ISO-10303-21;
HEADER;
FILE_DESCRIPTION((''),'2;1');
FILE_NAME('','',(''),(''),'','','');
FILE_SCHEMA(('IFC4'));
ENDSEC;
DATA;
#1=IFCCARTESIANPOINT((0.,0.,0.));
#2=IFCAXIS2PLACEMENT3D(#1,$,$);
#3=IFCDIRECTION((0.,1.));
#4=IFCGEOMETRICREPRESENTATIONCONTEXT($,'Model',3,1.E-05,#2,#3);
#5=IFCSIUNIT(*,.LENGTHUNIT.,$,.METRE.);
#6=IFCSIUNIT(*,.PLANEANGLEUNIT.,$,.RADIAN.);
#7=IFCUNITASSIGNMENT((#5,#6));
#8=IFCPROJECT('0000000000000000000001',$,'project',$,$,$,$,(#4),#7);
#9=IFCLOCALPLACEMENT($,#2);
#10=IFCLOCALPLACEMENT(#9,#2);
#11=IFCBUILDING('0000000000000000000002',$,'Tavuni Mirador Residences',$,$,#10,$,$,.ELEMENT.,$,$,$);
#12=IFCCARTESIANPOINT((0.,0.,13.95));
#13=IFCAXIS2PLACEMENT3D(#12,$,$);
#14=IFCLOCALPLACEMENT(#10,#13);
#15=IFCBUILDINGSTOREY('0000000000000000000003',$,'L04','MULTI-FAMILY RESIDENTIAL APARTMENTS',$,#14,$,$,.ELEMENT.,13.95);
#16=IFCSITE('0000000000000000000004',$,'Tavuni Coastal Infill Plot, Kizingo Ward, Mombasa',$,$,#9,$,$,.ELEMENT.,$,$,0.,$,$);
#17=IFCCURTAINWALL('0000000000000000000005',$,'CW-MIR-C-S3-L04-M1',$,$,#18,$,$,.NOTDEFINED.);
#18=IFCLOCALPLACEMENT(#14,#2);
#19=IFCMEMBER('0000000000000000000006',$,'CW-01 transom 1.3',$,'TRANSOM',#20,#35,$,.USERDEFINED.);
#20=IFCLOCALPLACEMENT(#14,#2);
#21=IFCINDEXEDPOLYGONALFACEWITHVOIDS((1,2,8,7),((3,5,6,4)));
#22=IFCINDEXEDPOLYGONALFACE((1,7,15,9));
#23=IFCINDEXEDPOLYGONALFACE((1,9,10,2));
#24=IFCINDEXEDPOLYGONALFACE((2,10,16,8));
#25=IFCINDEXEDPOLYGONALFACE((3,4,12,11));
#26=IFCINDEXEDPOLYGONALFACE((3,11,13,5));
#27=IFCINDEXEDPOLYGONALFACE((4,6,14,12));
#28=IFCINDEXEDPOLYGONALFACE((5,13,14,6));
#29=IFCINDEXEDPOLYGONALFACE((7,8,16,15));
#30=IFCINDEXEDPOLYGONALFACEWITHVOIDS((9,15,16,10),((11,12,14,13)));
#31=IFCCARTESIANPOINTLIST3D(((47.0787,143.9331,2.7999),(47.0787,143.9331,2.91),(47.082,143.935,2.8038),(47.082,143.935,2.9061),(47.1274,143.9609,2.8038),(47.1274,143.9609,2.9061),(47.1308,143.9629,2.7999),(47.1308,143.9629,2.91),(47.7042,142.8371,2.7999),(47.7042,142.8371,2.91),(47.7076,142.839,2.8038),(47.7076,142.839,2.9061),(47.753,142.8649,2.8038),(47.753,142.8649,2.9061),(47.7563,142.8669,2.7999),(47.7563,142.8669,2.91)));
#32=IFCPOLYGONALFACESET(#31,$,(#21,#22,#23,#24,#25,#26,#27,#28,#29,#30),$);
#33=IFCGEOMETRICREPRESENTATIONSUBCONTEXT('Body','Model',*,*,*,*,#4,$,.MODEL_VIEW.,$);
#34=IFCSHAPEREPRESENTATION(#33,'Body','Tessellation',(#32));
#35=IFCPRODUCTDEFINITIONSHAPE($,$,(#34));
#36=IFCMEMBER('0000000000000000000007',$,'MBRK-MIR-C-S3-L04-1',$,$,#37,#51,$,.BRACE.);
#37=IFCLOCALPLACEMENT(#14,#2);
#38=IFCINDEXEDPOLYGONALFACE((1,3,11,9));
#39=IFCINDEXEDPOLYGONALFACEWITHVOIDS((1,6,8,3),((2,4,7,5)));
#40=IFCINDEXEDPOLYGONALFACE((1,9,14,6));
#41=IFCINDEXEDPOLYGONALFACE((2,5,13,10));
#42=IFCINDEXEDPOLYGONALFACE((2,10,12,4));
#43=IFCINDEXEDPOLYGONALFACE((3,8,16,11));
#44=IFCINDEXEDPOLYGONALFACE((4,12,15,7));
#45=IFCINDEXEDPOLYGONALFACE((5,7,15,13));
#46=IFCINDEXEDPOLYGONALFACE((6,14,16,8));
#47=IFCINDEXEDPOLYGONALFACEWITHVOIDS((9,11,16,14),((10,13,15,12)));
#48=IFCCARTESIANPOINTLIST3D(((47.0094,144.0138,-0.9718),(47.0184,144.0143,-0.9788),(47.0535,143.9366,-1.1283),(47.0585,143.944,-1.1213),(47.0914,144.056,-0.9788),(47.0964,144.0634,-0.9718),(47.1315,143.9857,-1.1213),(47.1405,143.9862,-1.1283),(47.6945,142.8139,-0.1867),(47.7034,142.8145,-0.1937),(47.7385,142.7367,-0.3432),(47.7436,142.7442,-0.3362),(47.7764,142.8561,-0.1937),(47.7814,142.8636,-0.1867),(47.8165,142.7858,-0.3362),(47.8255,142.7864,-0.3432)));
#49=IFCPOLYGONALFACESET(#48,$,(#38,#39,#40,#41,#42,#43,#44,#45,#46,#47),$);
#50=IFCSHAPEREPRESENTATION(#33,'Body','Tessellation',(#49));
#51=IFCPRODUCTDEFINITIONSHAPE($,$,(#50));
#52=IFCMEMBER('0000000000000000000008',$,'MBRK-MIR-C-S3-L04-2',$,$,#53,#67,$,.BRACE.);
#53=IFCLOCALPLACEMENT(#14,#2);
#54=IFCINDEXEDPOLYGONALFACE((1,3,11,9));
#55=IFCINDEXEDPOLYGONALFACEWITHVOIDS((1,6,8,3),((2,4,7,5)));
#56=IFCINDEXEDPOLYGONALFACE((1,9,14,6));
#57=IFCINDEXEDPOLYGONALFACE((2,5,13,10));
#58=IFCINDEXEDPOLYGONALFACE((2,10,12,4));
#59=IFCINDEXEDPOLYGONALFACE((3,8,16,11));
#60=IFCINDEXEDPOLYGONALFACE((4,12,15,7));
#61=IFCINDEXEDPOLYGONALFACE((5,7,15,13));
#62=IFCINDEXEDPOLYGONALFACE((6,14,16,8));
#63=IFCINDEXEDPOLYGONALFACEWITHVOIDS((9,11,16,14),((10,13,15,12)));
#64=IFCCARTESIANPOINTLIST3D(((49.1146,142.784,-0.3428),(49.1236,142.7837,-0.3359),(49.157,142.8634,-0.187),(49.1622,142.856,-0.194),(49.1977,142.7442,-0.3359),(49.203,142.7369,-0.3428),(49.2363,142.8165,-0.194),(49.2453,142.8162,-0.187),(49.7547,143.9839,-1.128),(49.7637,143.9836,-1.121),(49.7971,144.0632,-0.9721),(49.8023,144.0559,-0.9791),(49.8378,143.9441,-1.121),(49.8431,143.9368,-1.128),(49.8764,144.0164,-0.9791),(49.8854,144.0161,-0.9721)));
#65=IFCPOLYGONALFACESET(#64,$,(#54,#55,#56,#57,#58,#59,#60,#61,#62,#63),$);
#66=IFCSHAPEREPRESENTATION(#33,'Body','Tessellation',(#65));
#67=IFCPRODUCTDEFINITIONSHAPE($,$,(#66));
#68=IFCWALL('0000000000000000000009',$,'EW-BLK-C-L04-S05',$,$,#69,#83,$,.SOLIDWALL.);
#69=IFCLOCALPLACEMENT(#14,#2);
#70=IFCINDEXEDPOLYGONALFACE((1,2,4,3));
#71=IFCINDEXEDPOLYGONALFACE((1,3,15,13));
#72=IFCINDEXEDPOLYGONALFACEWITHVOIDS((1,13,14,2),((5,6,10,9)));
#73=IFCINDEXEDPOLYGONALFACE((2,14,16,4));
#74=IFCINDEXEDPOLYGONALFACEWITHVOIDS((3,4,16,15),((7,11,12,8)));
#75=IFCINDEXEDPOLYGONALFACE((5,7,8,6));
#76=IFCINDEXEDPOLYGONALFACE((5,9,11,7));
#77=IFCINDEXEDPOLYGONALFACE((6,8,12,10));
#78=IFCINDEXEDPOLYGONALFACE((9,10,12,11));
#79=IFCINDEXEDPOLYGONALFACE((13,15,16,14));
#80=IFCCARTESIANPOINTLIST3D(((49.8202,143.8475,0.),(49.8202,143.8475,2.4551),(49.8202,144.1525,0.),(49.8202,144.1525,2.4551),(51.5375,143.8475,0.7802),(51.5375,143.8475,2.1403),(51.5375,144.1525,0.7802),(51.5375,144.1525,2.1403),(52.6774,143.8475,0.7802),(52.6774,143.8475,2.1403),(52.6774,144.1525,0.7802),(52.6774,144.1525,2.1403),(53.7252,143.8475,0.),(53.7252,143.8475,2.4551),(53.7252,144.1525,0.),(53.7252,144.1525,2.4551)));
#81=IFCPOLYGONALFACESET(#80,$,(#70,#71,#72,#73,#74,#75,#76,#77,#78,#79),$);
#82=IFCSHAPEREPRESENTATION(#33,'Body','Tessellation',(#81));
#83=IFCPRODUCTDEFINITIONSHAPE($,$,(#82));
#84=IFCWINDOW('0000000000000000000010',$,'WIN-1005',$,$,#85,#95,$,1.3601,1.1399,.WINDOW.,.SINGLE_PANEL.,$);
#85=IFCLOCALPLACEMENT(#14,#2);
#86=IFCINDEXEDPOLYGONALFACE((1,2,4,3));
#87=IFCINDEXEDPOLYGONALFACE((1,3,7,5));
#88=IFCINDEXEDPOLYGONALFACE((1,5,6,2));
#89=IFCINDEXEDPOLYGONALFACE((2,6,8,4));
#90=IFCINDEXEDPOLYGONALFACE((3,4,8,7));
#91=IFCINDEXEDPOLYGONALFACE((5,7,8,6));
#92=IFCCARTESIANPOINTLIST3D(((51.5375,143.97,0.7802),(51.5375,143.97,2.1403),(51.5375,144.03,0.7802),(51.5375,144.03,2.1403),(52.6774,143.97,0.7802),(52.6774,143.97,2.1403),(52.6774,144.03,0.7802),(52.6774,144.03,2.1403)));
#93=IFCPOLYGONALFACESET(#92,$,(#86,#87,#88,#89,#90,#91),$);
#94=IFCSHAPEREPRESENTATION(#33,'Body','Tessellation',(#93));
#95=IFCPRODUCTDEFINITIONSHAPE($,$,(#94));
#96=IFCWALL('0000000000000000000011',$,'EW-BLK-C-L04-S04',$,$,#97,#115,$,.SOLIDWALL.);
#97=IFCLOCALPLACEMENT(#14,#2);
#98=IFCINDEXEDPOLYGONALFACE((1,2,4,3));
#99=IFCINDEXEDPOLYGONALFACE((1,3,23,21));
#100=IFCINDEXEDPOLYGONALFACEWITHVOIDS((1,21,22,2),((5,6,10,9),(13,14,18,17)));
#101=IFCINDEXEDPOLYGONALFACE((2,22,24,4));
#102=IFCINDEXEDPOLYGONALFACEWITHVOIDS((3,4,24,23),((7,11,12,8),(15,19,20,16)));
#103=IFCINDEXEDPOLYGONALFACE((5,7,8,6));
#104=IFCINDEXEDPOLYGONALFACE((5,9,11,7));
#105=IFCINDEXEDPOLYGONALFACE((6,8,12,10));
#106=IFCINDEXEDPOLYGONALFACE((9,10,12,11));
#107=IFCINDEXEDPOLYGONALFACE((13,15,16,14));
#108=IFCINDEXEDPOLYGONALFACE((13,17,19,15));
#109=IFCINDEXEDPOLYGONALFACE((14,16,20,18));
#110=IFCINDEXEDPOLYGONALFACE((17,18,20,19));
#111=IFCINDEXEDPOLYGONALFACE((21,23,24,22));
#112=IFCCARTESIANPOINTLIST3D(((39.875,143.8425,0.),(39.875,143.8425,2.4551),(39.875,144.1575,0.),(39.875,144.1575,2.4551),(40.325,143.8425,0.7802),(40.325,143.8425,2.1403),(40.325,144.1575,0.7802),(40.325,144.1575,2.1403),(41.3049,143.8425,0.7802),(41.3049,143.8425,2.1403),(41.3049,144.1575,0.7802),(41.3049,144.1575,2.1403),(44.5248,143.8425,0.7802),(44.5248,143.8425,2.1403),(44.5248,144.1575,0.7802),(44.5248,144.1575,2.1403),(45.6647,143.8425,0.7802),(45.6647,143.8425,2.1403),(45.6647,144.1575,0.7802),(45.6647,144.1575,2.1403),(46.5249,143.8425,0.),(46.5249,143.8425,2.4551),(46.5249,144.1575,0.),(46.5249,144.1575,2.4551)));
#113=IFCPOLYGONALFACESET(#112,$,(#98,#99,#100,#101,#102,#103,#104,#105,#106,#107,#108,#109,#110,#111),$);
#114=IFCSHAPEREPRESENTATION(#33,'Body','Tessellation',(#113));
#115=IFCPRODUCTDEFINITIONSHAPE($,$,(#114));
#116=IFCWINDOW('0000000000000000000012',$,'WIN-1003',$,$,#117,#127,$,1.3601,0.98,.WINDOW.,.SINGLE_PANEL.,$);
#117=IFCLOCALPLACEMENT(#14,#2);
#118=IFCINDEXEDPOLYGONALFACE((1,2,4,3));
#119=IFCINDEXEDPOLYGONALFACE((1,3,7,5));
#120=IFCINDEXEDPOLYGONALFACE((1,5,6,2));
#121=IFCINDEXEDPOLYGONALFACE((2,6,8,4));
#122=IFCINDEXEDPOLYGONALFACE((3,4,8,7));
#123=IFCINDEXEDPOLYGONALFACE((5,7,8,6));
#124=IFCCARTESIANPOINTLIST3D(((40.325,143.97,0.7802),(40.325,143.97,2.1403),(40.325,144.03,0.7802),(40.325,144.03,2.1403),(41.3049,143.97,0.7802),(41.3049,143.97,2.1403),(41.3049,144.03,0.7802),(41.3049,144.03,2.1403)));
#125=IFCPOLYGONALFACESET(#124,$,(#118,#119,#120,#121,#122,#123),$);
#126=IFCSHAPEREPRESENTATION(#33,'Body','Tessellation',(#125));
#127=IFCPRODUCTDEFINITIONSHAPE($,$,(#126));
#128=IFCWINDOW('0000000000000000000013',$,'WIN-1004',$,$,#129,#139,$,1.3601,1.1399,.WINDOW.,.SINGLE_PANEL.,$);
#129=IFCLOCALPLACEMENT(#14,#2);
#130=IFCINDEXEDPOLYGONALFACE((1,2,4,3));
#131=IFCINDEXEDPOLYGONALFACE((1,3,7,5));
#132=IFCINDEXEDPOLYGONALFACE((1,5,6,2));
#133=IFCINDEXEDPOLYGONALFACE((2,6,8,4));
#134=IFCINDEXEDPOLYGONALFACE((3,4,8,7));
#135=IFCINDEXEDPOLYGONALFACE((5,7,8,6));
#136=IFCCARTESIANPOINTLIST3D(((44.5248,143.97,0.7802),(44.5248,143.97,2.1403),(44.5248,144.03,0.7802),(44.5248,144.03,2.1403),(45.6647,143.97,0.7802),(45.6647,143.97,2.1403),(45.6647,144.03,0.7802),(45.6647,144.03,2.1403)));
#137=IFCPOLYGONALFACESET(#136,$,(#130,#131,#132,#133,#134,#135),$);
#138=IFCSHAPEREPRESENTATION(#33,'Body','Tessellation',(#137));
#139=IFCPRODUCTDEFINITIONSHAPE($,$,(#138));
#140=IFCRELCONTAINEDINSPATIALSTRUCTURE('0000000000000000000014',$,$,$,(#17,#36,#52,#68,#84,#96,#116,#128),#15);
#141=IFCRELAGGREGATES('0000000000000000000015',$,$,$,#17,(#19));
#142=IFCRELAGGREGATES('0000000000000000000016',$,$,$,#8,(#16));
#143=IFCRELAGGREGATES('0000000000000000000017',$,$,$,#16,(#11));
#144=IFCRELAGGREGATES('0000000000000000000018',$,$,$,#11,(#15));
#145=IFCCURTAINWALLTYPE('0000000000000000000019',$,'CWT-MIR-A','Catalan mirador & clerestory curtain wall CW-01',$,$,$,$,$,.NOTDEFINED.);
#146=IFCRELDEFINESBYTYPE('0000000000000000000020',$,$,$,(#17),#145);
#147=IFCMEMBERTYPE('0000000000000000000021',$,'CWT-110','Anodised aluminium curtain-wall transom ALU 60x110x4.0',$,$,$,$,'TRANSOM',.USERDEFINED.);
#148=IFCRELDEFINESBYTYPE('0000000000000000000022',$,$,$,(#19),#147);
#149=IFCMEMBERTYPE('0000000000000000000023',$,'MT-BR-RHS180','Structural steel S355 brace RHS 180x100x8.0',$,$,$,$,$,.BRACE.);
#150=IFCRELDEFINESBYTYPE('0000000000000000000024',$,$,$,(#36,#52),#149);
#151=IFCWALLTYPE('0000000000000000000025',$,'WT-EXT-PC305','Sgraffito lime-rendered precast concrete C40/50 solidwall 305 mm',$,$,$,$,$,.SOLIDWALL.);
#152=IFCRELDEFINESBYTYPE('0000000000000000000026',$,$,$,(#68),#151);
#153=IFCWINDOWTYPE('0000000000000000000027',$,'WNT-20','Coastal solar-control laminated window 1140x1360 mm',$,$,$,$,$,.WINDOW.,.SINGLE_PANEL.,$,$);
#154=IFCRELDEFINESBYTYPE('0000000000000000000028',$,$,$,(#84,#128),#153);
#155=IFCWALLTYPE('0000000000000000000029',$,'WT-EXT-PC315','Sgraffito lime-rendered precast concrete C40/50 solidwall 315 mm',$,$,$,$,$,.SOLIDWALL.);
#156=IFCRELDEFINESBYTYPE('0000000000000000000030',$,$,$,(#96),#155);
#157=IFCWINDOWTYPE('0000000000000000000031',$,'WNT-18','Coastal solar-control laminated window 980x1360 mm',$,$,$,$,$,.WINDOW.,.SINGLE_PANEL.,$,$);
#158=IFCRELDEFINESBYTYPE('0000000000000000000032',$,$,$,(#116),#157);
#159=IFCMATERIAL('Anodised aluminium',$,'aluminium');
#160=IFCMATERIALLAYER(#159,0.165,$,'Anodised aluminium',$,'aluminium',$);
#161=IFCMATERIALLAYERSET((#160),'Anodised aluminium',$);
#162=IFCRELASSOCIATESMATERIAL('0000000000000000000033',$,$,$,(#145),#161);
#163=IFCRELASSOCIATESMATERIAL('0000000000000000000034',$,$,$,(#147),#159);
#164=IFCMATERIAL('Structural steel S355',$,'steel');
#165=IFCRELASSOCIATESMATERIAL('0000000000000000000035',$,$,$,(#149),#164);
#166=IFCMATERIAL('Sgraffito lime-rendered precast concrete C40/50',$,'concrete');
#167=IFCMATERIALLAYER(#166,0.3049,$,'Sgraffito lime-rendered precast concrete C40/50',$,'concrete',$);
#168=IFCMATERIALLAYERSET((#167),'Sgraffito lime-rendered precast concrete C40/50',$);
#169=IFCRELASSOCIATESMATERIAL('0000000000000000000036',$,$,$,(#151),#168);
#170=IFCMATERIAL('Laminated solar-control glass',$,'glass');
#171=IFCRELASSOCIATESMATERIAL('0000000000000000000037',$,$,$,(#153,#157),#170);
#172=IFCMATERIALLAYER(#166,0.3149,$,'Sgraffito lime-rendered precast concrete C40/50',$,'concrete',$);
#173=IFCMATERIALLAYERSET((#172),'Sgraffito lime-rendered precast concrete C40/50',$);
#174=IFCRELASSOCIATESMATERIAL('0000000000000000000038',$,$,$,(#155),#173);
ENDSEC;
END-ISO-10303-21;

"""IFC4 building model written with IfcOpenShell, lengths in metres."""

from ifc_helpers import new_model, si_unit, direction, frame, frame_2d, origin, origin_2d, place, context, subcontext, project, spatial, rectangle, hollow_rectangle, extrude, material, layer, layer_set, material_profile, profile_set, type_object, element, fill, aggregate, save


model = new_model("IFC4")

# Units and contexts
model_context = context("Model", 3, precision=1e-05, world=origin(), true_north=direction((0.0, 1.0)))
body_context = subcontext(model_context, "Body", "Model", "MODEL_VIEW")
ifc_project = project(units=[si_unit("LENGTHUNIT", "METRE"), si_unit("PLANEANGLEUNIT", "RADIAN")], contexts=[model_context])

# Site, building, storey
site_placement = place(None, origin())
site = spatial("IfcSite", under=ifc_project, at=site_placement, Name="Tavuni Coastal Infill Plot, Kizingo Ward, Mombasa", CompositionType="ELEMENT", RefElevation=0.0)
building_placement = place(site_placement, origin())
building = spatial("IfcBuilding", under=site, at=building_placement, Name="Tavuni Mirador Residences", CompositionType="ELEMENT")
storey_placement = place(building_placement, frame((0.0, 0.0, 13.95)))
storey = spatial("IfcBuildingStorey", under=building, at=storey_placement, Name="L04", Description="MULTI-FAMILY RESIDENTIAL APARTMENTS", CompositionType="ELEMENT", Elevation=13.95)

# Curtain wall
ifc_material_1 = material(Name="Anodised aluminium", Category="aluminium")
ifc_layer_1 = layer(ifc_material_1, 0.165, Name="Anodised aluminium", Category="aluminium")
ifc_layer_set_1 = layer_set([ifc_layer_1], Name="Anodised aluminium")
curtain_wall_type_1 = type_object("IfcCurtainWallType", Name="CWT-MIR-A", Description="Catalan mirador & clerestory curtain wall CW-01", PredefinedType="NOTDEFINED", material=ifc_layer_set_1)
curtain_wall_1_placement = place(storey_placement, origin())
curtain_wall_1 = element("IfcCurtainWall", 1, at=curtain_wall_1_placement, inside=storey, type_object=curtain_wall_type_1, Name="CW-MIR-C-S3-L04-M1", PredefinedType="NOTDEFINED")

# Member
ifc_material_profile_1 = material_profile(ifc_material_1, hollow_rectangle(XDim=0.0601, YDim=0.1101, WallThickness=0.0039, at=origin_2d()), Name="ALU 60x110x4.0", Category="aluminium")
ifc_profile_set_1 = profile_set([ifc_material_profile_1], Name="Anodised aluminium")
member_type_1 = type_object("IfcMemberType", Name="CWT-110", Description="Anodised aluminium curtain-wall transom ALU 60x110x4.0", ElementType="TRANSOM", PredefinedType="USERDEFINED", material=ifc_profile_set_1)
member_1_placement = place(storey_placement, frame((47.1047, 143.948, 2.855), z_axis=(0.49568, -0.868505, 0.0), x_axis=(0.868505, 0.49568, 0.0)))
member_1 = element("IfcMember", 2, at=member_1_placement, type_object=member_type_1, Name="CW-01 transom 1.3", ObjectType="TRANSOM", PredefinedType="USERDEFINED", context=body_context, shape_type="SweptSolid", body=[
    extrude(hollow_rectangle(XDim=0.0601, YDim=0.1101, WallThickness=0.0039, at=origin_2d()), origin(), (0.0, 0.0, 1.0), 1.262),
])
aggregate(curtain_wall_1, [member_1])

# Members
ifc_material_2 = material(Name="Structural steel S355", Category="steel")
ifc_material_profile_2 = material_profile(ifc_material_2, hollow_rectangle(XDim=0.1001, YDim=0.1799, WallThickness=0.0081, at=origin_2d()), Name="RHS 180x100x8.0", Category="steel")
ifc_profile_set_2 = profile_set([ifc_material_profile_2], Name="Structural steel S355")
member_type_2 = type_object("IfcMemberType", Name="MT-BR-RHS180", Description="Structural steel S355 brace RHS 180x100x8.0", PredefinedType="BRACE", material=ifc_profile_set_2)
member_2_placement = place(storey_placement, frame((47.075, 144.0, -1.05), z_axis=(0.431063, -0.755051, 0.494048), x_axis=(0.868439, 0.495796, 0.0)))
element("IfcMember", 3, at=member_2_placement, inside=storey, type_object=member_type_2, Name="MBRK-MIR-C-S3-L04-1", PredefinedType="BRACE", context=body_context, shape_type="SweptSolid", body=[
    extrude(hollow_rectangle(XDim=0.1001, YDim=0.1799, WallThickness=0.0081, at=origin_2d()), origin(), (0.0, 0.0, 1.0), 1.5891),
])
member_3_placement = place(storey_placement, frame((49.8201, 144.0, -1.05), z_axis=(-0.407629, -0.76411, 0.499975), x_axis=(0.882303, -0.470681, 0.0)))
element("IfcMember", 4, at=member_3_placement, inside=storey, type_object=member_type_2, Name="MBRK-MIR-C-S3-L04-2", PredefinedType="BRACE", context=body_context, shape_type="SweptSolid", body=[
    extrude(hollow_rectangle(XDim=0.1001, YDim=0.1799, WallThickness=0.0081, at=origin_2d()), origin(), (0.0, 0.0, 1.0), 1.5703),
])

# Wall, opening, window
ifc_material_3 = material(Name="Sgraffito lime-rendered precast concrete C40/50", Category="concrete")
ifc_layer_2 = layer(ifc_material_3, 0.3049, Name="Sgraffito lime-rendered precast concrete C40/50", Category="concrete")
ifc_layer_set_2 = layer_set([ifc_layer_2], Name="Sgraffito lime-rendered precast concrete C40/50")
wall_type_1 = type_object("IfcWallType", Name="WT-EXT-PC305", Description="Sgraffito lime-rendered precast concrete C40/50 solidwall 305 mm", PredefinedType="SOLIDWALL", material=ifc_layer_set_2)
wall_1_placement = place(storey_placement, frame((49.8201, 144.0, 0.0), z_axis=(0.0, 0.0, 1.0), x_axis=(1.0, 0.0, 0.0)))
wall_1 = element("IfcWall", 5, at=wall_1_placement, inside=storey, type_object=wall_type_1, Name="EW-BLK-C-L04-S05", PredefinedType="SOLIDWALL", context=body_context, shape_type="SweptSolid", body=[
    extrude(rectangle(XDim=3.905, YDim=0.3049, at=frame_2d((1.9526, 0.0))), origin(), (0.0, 0.0, 1.0), 2.4551),
])
opening_1_placement = place(wall_1_placement, frame((1.7175, 0.0, 0.78)))
opening_1 = element("IfcOpeningElement", 6, at=opening_1_placement, cuts=wall_1, PredefinedType="OPENING", context=body_context, shape_type="SweptSolid", body=[
    extrude(rectangle(XDim=1.1399, YDim=1.3601, at=frame_2d((0.5698, 0.6802))), frame((0.0, 0.1626, 0.0), z_axis=(0.0, -1.0, 0.0), x_axis=(1.0, 0.0, 0.0)), (0.0, 0.0, 1.0), 0.325),
])
ifc_material_4 = material(Name="Laminated solar-control glass", Category="glass")
window_type_1 = type_object("IfcWindowType", Name="WNT-20", Description="Coastal solar-control laminated window 1140x1360 mm", PartitioningType="SINGLE_PANEL", PredefinedType="WINDOW", material=ifc_material_4)
window_1_placement = place(opening_1_placement, origin())
window_1 = element("IfcWindow", 7, at=window_1_placement, inside=storey, type_object=window_type_1, Name="WIN-1005", OverallHeight=1.3601, OverallWidth=1.1399, PartitioningType="SINGLE_PANEL", PredefinedType="WINDOW", context=body_context, shape_type="SweptSolid", body=[
    extrude(rectangle(XDim=1.1399, YDim=1.3601, at=frame_2d((0.5698, 0.6802))), frame((0.0, 0.03, 0.0), z_axis=(0.0, -1.0, 0.0), x_axis=(1.0, 0.0, 0.0)), (0.0, 0.0, 1.0), 0.0601),
])
fill(opening_1, window_1)

# Wall, openings, windows
ifc_layer_3 = layer(ifc_material_3, 0.3149, Name="Sgraffito lime-rendered precast concrete C40/50", Category="concrete")
ifc_layer_set_3 = layer_set([ifc_layer_3], Name="Sgraffito lime-rendered precast concrete C40/50")
wall_type_2 = type_object("IfcWallType", Name="WT-EXT-PC315", Description="Sgraffito lime-rendered precast concrete C40/50 solidwall 315 mm", PredefinedType="SOLIDWALL", material=ifc_layer_set_3)
wall_2_placement = place(storey_placement, frame((39.875, 144.0, 0.0), z_axis=(0.0, 0.0, 1.0), x_axis=(1.0, 0.0, 0.0)))
wall_2 = element("IfcWall", 8, at=wall_2_placement, inside=storey, type_object=wall_type_2, Name="EW-BLK-C-L04-S04", PredefinedType="SOLIDWALL", context=body_context, shape_type="SweptSolid", body=[
    extrude(rectangle(XDim=6.6499, YDim=0.3149, at=frame_2d((3.325, 0.0))), origin(), (0.0, 0.0, 1.0), 2.4551),
])
opening_2_placement = place(wall_2_placement, frame((0.45, 0.0, 0.78)))
opening_2 = element("IfcOpeningElement", 9, at=opening_2_placement, cuts=wall_2, PredefinedType="OPENING", context=body_context, shape_type="SweptSolid", body=[
    extrude(rectangle(XDim=0.98, YDim=1.3601, at=frame_2d((0.49, 0.6802))), frame((0.0, 0.1675, 0.0), z_axis=(0.0, -1.0, 0.0), x_axis=(1.0, 0.0, 0.0)), (0.0, 0.0, 1.0), 0.335),
])
opening_3_placement = place(wall_2_placement, frame((4.6499, 0.0, 0.78)))
opening_3 = element("IfcOpeningElement", 10, at=opening_3_placement, cuts=wall_2, PredefinedType="OPENING", context=body_context, shape_type="SweptSolid", body=[
    extrude(rectangle(XDim=1.1399, YDim=1.3601, at=frame_2d((0.5698, 0.6802))), frame((0.0, 0.1675, 0.0), z_axis=(0.0, -1.0, 0.0), x_axis=(1.0, 0.0, 0.0)), (0.0, 0.0, 1.0), 0.335),
])
window_type_2 = type_object("IfcWindowType", Name="WNT-18", Description="Coastal solar-control laminated window 980x1360 mm", PartitioningType="SINGLE_PANEL", PredefinedType="WINDOW", material=ifc_material_4)
window_2_placement = place(opening_2_placement, origin())
window_2 = element("IfcWindow", 11, at=window_2_placement, inside=storey, type_object=window_type_2, Name="WIN-1003", OverallHeight=1.3601, OverallWidth=0.98, PartitioningType="SINGLE_PANEL", PredefinedType="WINDOW", context=body_context, shape_type="SweptSolid", body=[
    extrude(rectangle(XDim=0.98, YDim=1.3601, at=frame_2d((0.49, 0.6802))), frame((0.0, 0.03, 0.0), z_axis=(0.0, -1.0, 0.0), x_axis=(1.0, 0.0, 0.0)), (0.0, 0.0, 1.0), 0.0601),
])
fill(opening_2, window_2)
window_3_placement = place(opening_3_placement, origin())
window_3 = element("IfcWindow", 12, at=window_3_placement, inside=storey, type_object=window_type_1, Name="WIN-1004", OverallHeight=1.3601, OverallWidth=1.1399, PartitioningType="SINGLE_PANEL", PredefinedType="WINDOW", context=body_context, shape_type="SweptSolid", body=[
    extrude(rectangle(XDim=1.1399, YDim=1.3601, at=frame_2d((0.5698, 0.6802))), frame((0.0, 0.03, 0.0), z_axis=(0.0, -1.0, 0.0), x_axis=(1.0, 0.0, 0.0)), (0.0, 0.0, 1.0), 0.0601),
])
fill(opening_3, window_3)

save(model, "model.ifc")
